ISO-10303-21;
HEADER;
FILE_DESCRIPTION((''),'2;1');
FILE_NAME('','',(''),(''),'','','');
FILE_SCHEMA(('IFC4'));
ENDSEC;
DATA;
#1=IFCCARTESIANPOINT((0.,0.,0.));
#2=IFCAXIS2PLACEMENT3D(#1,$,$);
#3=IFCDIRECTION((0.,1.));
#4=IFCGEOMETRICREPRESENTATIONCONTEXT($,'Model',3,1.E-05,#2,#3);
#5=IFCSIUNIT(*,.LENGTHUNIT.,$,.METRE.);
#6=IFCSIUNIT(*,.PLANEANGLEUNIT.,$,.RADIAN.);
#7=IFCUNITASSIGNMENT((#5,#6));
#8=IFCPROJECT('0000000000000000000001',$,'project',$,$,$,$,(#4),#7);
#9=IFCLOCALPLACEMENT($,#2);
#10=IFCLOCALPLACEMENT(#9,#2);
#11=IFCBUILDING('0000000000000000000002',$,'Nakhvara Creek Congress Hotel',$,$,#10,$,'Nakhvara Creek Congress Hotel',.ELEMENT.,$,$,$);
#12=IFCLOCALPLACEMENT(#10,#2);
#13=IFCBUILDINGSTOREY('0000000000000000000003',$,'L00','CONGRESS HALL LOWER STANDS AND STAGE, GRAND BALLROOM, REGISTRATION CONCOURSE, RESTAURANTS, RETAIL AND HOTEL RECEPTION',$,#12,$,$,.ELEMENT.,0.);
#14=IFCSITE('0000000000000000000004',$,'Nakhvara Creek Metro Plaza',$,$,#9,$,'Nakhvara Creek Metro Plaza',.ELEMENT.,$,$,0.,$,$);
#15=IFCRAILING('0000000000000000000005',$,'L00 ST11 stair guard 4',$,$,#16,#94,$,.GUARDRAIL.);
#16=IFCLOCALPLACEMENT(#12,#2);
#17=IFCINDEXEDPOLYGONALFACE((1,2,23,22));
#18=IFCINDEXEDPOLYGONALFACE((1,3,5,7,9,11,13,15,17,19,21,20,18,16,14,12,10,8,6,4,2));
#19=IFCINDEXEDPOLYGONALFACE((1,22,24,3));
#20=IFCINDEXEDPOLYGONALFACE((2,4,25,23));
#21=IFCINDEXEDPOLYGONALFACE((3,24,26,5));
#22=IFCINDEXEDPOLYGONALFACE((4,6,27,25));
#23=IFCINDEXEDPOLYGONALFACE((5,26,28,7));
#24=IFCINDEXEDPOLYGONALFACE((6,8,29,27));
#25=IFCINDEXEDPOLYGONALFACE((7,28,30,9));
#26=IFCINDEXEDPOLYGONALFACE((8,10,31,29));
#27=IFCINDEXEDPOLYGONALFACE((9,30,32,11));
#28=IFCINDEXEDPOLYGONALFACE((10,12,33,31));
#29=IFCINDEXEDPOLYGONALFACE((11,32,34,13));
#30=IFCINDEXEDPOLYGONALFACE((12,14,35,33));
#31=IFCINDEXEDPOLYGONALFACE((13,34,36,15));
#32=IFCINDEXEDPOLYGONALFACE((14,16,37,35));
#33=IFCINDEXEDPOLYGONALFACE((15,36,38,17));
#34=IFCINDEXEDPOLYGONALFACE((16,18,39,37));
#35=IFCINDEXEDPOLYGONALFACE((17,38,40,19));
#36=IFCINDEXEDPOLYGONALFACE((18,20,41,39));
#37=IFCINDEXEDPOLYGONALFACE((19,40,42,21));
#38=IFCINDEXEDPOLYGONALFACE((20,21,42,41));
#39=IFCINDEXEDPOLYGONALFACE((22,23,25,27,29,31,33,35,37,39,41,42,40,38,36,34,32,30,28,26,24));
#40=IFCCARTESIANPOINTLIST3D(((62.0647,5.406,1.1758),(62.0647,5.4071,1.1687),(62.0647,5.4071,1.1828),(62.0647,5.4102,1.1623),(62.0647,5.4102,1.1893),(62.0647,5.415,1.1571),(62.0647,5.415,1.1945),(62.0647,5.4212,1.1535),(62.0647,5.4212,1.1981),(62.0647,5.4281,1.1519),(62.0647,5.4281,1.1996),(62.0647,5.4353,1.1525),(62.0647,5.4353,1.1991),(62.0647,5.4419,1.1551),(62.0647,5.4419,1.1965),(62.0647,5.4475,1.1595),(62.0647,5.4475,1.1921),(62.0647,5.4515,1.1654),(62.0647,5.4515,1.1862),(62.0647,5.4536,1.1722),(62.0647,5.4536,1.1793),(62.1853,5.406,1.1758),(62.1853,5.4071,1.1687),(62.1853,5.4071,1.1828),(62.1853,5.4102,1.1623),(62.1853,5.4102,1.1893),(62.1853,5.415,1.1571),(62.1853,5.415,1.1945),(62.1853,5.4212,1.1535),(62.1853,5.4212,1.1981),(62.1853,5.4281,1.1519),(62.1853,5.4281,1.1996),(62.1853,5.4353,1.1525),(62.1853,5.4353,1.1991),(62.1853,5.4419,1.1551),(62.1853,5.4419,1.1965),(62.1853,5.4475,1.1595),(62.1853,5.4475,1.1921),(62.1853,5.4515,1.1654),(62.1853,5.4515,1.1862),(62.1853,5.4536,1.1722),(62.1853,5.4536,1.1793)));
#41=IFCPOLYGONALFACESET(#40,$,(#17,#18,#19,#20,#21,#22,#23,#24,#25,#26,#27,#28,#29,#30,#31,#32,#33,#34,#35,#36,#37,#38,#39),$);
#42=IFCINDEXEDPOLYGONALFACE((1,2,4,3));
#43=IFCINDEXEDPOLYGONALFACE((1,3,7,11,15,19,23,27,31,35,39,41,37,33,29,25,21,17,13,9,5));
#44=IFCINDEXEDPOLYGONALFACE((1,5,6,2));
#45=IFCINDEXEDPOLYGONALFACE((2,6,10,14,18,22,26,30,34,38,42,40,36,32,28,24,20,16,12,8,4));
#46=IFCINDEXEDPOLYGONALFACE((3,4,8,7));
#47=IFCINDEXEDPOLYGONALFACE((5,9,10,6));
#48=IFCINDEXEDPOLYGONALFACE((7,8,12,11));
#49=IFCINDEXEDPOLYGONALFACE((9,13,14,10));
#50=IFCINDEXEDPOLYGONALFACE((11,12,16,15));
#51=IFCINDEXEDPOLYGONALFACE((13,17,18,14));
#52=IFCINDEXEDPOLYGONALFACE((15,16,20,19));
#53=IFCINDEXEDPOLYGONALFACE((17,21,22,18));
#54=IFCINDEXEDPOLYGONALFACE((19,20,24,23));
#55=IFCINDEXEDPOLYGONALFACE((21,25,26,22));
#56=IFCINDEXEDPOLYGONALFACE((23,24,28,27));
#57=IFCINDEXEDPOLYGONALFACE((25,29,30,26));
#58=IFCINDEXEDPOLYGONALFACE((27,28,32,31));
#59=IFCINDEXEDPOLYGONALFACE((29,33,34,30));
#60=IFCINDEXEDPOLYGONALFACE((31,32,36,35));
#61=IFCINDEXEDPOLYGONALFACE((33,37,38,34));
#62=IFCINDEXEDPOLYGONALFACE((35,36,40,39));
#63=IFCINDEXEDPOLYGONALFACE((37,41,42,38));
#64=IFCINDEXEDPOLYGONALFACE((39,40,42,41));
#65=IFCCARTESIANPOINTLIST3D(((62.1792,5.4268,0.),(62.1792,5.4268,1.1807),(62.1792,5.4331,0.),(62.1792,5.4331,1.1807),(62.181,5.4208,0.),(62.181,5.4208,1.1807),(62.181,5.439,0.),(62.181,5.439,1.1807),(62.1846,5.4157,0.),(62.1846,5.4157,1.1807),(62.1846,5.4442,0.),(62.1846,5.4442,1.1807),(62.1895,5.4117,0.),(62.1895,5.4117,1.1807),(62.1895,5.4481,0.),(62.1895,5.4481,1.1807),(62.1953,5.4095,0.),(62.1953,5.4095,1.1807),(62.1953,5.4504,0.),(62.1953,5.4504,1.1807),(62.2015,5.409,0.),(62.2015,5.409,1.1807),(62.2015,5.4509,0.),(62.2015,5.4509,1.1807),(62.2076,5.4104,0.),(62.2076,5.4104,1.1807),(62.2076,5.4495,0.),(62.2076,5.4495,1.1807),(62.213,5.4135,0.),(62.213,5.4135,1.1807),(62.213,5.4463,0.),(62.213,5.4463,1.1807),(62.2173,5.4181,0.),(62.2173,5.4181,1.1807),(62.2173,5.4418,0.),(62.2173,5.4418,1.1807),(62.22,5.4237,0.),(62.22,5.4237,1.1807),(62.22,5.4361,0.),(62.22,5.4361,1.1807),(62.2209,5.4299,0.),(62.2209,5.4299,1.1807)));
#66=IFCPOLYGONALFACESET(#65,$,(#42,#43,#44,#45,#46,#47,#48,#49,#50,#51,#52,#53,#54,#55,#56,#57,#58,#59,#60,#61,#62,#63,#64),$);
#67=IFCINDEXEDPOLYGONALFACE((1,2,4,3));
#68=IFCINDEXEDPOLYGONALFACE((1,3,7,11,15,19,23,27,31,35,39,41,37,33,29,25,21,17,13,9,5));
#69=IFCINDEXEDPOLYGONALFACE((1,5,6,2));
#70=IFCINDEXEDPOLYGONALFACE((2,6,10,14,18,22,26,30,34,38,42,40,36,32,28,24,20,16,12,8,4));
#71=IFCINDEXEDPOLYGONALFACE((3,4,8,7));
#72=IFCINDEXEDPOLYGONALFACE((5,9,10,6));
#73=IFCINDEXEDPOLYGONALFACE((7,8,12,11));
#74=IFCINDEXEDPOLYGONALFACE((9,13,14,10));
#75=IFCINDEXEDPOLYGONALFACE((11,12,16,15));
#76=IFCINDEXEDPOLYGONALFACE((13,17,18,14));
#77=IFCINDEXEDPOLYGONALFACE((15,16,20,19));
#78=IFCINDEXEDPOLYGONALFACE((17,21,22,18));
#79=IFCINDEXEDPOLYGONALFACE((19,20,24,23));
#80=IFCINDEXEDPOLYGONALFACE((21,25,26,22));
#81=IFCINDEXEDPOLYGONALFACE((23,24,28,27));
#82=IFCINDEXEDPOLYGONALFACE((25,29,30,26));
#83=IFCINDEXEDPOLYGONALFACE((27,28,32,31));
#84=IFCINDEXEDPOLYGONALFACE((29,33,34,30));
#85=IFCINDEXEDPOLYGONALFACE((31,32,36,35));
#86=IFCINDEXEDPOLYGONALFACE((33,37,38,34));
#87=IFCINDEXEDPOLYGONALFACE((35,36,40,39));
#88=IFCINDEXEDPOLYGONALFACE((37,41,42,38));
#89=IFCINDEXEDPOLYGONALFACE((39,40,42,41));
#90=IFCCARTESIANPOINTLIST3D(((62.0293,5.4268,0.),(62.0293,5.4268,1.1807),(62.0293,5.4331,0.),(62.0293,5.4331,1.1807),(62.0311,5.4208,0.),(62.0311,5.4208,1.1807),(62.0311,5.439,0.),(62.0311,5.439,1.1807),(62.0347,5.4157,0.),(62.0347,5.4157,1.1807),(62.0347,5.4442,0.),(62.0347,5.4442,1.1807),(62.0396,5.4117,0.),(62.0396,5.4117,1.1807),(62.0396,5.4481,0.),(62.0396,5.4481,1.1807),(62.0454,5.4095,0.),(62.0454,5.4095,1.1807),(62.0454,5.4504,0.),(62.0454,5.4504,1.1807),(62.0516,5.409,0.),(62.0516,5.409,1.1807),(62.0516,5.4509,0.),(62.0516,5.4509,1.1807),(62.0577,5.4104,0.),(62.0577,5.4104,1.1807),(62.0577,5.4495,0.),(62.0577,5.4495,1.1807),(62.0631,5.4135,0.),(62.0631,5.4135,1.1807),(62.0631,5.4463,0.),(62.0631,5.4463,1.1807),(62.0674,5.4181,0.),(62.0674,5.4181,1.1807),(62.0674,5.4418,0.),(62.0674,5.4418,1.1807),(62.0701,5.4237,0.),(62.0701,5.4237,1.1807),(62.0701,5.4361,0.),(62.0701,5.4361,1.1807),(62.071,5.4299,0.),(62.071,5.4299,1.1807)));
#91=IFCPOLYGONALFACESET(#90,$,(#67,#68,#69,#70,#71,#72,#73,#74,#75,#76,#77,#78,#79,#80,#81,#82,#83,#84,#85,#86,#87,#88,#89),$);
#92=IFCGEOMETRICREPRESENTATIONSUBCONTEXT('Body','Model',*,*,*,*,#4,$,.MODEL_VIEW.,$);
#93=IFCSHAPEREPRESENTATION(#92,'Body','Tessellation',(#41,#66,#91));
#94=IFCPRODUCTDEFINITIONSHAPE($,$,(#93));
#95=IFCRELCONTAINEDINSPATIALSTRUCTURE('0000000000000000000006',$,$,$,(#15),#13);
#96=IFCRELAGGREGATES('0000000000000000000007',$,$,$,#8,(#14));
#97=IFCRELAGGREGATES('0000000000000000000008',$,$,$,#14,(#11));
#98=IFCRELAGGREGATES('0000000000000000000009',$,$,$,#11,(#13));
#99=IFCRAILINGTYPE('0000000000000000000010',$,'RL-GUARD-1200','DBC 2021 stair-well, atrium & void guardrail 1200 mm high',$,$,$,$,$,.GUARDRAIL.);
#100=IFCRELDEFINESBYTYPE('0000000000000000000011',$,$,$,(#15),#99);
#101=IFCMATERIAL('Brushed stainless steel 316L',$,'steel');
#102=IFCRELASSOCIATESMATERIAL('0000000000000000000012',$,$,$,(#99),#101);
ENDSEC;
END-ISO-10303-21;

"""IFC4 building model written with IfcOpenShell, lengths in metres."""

from ifc_helpers import new_model, si_unit, direction, frame, origin, origin_2d, place, context, subcontext, project, spatial, circle, extrude, material, type_object, element, save


model = new_model("IFC4")

# Units and contexts
model_context = context("Model", 3, precision=1e-05, world=origin(), true_north=direction((0.0, 1.0)))
body_context = subcontext(model_context, "Body", "Model", "MODEL_VIEW")
ifc_project = project(units=[si_unit("LENGTHUNIT", "METRE"), si_unit("PLANEANGLEUNIT", "RADIAN")], contexts=[model_context])

# Site, building, storey
site_placement = place(None, origin())
site = spatial("IfcSite", under=ifc_project, at=site_placement, Name="Nakhvara Creek Metro Plaza", LongName="Nakhvara Creek Metro Plaza", CompositionType="ELEMENT", RefElevation=0.0)
building_placement = place(site_placement, origin())
building = spatial("IfcBuilding", under=site, at=building_placement, Name="Nakhvara Creek Congress Hotel", LongName="Nakhvara Creek Congress Hotel", CompositionType="ELEMENT")
storey_placement = place(building_placement, origin())
storey = spatial("IfcBuildingStorey", under=building, at=storey_placement, Name="L00", Description="CONGRESS HALL LOWER STANDS AND STAGE, GRAND BALLROOM, REGISTRATION CONCOURSE, RESTAURANTS, RETAIL AND HOTEL RECEPTION", CompositionType="ELEMENT", Elevation=0.0)

# Railing
ifc_material_1 = material(Name="Brushed stainless steel 316L", Category="steel")
railing_type_1 = type_object("IfcRailingType", Name="RL-GUARD-1200", Description="DBC 2021 stair-well, atrium & void guardrail 1200 mm high", PredefinedType="GUARDRAIL", material=ifc_material_1)
railing_1_placement = place(storey_placement, frame((62.2, 5.4299, 0.0)))
element("IfcRailing", 1, at=railing_1_placement, inside=storey, type_object=railing_type_1, Name="L00 ST11 stair guard 4", PredefinedType="GUARDRAIL", context=body_context, shape_type="SweptSolid", body=[
    extrude(circle(Radius=0.0239, at=origin_2d()), frame((-0.0146, 0.0, 1.1758), z_axis=(-1.0, 0.0, 0.0), x_axis=(0.0, -1.0, 0.0)), (0.0, 0.0, 1.0), 0.1206),
    extrude(circle(Radius=0.021, at=origin_2d()), origin(), (0.0, 0.0, 1.0), 1.1807),
    extrude(circle(Radius=0.021, at=origin_2d()), frame((-0.1499, 0.0, 0.0)), (0.0, 0.0, 1.0), 1.1807),
])

save(model, "model.ifc")
